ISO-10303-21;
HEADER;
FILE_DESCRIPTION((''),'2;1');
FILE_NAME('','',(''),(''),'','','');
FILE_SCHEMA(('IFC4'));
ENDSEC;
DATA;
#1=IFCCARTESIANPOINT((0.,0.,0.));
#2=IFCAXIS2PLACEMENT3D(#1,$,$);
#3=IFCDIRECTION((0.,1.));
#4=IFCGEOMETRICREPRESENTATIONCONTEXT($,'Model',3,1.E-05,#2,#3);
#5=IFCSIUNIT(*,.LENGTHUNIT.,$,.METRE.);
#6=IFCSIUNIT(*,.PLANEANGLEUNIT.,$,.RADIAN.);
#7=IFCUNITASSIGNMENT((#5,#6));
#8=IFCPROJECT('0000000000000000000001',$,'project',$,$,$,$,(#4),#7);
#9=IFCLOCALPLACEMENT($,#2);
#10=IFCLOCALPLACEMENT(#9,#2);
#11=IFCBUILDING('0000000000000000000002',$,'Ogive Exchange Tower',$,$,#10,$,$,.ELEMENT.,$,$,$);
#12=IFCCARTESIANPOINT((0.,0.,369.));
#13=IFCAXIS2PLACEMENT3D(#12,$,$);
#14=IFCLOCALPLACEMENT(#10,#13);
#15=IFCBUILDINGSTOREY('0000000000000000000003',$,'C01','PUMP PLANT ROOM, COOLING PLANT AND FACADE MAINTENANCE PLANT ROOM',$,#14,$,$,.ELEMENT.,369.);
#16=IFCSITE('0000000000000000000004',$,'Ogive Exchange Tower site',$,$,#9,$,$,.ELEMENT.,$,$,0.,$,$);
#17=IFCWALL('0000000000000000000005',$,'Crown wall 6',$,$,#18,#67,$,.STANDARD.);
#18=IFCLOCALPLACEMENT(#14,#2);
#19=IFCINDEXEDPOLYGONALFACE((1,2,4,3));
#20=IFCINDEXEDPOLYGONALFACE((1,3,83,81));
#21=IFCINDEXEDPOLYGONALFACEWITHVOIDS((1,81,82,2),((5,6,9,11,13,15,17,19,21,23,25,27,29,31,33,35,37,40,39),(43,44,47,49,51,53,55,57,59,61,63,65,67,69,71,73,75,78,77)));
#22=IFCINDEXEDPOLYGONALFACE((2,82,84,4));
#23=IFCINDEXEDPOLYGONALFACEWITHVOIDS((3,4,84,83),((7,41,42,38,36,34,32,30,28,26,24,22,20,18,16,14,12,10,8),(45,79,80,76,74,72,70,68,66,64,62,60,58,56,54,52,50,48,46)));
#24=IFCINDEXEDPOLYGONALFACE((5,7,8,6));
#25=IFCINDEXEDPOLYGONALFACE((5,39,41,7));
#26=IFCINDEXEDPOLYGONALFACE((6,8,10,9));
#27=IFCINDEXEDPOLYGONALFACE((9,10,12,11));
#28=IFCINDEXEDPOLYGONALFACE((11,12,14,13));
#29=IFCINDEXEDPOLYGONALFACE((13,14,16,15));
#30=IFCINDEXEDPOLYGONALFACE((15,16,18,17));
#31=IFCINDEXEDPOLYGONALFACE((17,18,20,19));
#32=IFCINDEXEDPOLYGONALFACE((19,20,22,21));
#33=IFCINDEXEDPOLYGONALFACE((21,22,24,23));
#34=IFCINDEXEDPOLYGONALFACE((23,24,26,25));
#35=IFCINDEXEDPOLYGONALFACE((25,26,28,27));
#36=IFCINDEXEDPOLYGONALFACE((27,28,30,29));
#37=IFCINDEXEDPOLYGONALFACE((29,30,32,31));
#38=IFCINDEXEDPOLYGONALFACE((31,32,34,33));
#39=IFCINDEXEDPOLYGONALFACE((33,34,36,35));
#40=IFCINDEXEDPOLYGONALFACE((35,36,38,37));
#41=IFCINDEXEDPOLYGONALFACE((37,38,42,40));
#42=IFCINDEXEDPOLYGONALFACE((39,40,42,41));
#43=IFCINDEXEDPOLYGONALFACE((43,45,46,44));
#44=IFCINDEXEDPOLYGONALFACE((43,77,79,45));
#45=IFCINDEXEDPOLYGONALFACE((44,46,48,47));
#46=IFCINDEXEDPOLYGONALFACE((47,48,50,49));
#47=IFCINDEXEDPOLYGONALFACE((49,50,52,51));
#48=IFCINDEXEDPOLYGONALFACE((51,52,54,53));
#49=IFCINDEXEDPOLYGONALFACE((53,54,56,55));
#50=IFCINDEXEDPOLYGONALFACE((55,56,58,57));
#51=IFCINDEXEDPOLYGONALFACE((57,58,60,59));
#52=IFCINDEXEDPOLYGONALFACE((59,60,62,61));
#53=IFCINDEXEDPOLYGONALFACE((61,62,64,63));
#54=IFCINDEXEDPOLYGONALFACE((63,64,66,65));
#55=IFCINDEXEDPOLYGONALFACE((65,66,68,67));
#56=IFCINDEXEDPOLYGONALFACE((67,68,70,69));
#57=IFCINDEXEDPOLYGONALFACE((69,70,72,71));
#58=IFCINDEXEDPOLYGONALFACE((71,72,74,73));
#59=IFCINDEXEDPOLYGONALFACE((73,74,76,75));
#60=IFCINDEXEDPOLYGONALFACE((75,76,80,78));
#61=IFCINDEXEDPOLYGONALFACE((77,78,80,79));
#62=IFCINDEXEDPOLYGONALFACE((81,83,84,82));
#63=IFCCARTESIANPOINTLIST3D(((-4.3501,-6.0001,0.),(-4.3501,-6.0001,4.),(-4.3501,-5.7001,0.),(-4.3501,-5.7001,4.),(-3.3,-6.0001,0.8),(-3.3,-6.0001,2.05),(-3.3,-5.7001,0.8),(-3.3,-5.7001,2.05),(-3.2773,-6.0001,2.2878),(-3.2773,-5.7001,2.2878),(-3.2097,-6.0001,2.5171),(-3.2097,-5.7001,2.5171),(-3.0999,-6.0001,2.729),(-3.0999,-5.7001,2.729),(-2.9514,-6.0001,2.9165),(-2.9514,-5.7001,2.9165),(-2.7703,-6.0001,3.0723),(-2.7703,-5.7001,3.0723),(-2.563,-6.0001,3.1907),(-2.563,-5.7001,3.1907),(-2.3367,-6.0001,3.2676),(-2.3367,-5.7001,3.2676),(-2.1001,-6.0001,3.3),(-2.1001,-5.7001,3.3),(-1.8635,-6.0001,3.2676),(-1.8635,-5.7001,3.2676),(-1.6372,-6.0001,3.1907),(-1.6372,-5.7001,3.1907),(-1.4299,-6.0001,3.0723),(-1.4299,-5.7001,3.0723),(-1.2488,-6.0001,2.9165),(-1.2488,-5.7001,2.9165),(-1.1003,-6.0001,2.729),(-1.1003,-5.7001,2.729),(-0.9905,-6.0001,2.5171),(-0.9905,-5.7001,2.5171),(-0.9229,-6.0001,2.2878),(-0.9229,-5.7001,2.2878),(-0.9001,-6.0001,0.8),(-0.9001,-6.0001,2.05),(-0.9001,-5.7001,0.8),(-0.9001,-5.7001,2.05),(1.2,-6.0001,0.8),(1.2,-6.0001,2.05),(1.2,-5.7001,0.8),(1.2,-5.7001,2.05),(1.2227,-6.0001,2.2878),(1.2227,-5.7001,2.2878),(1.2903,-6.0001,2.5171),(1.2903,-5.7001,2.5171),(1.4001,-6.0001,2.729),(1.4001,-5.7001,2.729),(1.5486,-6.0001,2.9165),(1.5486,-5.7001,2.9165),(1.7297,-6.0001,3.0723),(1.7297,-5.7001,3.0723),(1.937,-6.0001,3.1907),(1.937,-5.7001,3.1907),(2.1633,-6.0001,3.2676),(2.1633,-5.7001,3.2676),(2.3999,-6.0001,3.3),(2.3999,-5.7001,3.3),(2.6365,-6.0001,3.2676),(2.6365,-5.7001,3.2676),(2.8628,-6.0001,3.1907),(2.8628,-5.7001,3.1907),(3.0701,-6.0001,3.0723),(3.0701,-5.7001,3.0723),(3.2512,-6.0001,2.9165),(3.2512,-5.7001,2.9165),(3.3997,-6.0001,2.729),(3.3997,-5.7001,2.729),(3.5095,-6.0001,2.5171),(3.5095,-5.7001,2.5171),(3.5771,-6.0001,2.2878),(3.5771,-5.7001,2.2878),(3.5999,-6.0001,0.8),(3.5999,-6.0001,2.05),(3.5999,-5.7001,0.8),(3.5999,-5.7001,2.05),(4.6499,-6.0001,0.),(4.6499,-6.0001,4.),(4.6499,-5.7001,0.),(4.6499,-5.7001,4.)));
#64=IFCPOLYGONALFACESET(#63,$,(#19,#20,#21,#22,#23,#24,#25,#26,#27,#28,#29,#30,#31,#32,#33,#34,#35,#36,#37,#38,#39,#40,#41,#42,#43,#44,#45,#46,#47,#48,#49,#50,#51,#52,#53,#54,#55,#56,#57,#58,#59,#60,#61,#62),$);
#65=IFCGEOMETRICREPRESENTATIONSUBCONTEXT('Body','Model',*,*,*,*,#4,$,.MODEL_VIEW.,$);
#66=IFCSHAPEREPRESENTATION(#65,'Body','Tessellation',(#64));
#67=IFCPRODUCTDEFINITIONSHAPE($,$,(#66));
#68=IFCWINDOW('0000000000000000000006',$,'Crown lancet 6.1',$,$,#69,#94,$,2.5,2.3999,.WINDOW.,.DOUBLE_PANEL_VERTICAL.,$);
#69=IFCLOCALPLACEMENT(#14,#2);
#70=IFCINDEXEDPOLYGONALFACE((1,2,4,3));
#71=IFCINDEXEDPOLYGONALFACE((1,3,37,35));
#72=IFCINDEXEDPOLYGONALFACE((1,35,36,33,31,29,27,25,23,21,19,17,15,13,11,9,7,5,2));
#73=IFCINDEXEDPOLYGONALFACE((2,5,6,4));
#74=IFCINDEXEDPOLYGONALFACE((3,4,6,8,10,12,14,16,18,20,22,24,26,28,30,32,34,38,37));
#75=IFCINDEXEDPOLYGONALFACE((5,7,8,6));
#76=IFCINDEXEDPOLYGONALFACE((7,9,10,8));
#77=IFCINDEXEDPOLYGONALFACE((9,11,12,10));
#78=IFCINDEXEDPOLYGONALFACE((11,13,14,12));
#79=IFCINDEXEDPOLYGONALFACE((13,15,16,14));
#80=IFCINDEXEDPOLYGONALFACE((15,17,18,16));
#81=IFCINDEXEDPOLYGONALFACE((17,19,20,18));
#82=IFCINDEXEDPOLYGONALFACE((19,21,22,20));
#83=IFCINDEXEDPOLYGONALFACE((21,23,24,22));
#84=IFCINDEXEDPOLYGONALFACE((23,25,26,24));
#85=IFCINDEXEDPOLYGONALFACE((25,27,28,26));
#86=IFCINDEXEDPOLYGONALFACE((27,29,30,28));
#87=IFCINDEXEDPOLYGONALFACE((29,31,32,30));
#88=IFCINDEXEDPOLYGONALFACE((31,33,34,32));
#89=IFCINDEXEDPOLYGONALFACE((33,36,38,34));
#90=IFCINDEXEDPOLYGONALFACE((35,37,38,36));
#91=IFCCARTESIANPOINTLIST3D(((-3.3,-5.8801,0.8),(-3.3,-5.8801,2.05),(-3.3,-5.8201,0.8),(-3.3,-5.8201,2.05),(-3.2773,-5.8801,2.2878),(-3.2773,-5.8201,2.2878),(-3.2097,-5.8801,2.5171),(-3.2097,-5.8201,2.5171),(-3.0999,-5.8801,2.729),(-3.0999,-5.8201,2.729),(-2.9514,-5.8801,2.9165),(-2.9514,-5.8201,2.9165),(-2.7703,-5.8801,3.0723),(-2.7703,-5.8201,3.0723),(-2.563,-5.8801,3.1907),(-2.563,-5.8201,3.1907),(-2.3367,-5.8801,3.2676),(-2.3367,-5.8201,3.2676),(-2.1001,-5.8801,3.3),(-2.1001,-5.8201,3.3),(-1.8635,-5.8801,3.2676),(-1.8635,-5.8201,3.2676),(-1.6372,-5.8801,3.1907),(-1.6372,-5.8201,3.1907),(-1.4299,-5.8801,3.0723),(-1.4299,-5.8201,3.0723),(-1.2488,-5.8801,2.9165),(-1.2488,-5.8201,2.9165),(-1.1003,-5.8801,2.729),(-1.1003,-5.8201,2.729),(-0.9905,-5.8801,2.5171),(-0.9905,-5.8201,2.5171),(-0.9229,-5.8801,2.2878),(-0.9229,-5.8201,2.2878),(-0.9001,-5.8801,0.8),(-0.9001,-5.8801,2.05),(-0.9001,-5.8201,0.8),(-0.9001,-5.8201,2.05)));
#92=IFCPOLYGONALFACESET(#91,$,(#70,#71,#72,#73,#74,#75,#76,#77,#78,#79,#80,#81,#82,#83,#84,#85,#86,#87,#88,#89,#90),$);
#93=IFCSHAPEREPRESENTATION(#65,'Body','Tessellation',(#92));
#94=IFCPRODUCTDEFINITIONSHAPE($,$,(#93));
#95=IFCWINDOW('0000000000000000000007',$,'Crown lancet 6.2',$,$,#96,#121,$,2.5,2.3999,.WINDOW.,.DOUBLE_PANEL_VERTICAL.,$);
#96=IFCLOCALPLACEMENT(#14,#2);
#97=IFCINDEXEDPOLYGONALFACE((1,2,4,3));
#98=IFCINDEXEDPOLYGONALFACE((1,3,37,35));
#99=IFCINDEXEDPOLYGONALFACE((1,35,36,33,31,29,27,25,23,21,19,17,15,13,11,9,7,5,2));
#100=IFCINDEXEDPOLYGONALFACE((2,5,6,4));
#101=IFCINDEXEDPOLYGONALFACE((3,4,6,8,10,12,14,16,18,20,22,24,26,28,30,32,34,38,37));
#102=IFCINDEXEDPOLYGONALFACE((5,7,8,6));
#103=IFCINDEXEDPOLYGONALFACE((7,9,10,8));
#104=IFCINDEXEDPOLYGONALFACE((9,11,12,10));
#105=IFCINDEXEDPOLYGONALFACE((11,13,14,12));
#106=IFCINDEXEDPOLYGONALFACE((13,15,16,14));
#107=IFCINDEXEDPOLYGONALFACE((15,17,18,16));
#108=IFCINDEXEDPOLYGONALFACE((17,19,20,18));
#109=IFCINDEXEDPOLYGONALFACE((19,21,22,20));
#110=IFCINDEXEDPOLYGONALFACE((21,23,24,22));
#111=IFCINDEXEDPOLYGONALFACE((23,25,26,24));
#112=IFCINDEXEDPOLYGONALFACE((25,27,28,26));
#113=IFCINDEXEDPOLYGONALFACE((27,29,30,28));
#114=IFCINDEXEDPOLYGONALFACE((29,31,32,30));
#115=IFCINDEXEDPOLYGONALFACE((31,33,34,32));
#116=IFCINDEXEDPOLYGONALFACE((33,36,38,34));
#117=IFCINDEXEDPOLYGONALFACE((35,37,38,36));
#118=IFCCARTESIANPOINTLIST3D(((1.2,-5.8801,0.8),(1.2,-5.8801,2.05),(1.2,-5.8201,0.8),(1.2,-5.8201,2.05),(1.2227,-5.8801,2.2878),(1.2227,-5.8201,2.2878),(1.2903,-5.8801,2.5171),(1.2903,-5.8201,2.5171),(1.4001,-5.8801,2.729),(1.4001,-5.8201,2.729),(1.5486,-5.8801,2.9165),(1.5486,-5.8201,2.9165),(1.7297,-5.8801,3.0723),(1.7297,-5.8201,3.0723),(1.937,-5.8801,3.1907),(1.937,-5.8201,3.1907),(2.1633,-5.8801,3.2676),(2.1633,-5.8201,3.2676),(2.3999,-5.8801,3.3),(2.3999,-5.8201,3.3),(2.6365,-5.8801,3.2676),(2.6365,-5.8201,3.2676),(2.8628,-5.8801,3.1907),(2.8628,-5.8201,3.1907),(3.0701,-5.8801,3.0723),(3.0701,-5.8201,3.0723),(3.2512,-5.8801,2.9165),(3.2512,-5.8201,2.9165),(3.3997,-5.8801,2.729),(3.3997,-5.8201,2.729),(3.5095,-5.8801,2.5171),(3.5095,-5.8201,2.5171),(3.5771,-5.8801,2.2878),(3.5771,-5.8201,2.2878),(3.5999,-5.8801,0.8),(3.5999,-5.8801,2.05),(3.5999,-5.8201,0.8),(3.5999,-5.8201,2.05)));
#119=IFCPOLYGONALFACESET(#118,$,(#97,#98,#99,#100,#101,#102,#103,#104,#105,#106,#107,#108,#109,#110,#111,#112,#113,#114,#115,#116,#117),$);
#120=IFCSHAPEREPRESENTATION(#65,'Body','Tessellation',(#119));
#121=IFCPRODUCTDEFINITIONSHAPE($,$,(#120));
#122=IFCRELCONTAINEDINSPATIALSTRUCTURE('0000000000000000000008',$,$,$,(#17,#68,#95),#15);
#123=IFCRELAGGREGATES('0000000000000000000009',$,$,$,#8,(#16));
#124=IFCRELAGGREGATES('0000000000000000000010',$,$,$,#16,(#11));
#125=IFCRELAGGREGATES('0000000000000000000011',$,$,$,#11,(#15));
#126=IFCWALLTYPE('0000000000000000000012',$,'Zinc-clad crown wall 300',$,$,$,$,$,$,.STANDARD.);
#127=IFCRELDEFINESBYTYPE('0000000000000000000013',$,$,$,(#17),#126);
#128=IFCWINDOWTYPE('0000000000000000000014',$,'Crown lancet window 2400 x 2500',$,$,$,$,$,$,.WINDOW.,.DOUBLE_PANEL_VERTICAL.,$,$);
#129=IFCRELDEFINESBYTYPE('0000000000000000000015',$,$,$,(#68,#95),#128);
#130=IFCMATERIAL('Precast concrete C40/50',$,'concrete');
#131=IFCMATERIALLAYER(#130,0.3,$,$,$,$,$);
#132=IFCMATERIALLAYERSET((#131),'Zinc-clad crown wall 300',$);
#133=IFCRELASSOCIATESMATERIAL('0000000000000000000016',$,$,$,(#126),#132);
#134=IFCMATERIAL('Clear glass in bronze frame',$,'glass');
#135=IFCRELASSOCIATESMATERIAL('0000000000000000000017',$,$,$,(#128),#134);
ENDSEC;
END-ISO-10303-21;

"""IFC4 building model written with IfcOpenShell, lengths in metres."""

from ifc_helpers import new_model, si_unit, direction, frame, frame_2d, origin, place, context, subcontext, project, spatial, polyline, rectangle, outline, extrude, material, layer, layer_set, type_object, element, fill, save


model = new_model("IFC4")

# Units and contexts
model_context = context("Model", 3, precision=1e-05, world=origin(), true_north=direction((0.0, 1.0)))
body_context = subcontext(model_context, "Body", "Model", "MODEL_VIEW")
ifc_project = project(units=[si_unit("LENGTHUNIT", "METRE"), si_unit("PLANEANGLEUNIT", "RADIAN")], contexts=[model_context])

# Site, building, storey
site_placement = place(None, origin())
site = spatial("IfcSite", under=ifc_project, at=site_placement, Name="Ogive Exchange Tower site", CompositionType="ELEMENT", RefElevation=0.0)
building_placement = place(site_placement, origin())
building = spatial("IfcBuilding", under=site, at=building_placement, Name="Ogive Exchange Tower", CompositionType="ELEMENT")
storey_placement = place(building_placement, frame((0.0, 0.0, 369.0)))
storey = spatial("IfcBuildingStorey", under=building, at=storey_placement, Name="C01", Description="PUMP PLANT ROOM, COOLING PLANT AND FACADE MAINTENANCE PLANT ROOM", CompositionType="ELEMENT", Elevation=369.0)

# Wall, openings, windows
ifc_material_1 = material(Name="Precast concrete C40/50", Category="concrete")
ifc_layer_1 = layer(ifc_material_1, 0.3)
ifc_layer_set_1 = layer_set([ifc_layer_1], Name="Zinc-clad crown wall 300")
wall_type_1 = type_object("IfcWallType", Name="Zinc-clad crown wall 300", PredefinedType="STANDARD", material=ifc_layer_set_1)
ifc_material_2 = material(Name="Clear glass in bronze frame", Category="glass")
window_type = type_object("IfcWindowType", Name="Crown lancet window 2400 x 2500", PartitioningType="DOUBLE_PANEL_VERTICAL", PredefinedType="WINDOW", material=ifc_material_2)
wall_1_placement = place(storey_placement, frame((-4.3501, -5.8501, 0.0), z_axis=(0.0, 0.0, 1.0), x_axis=(1.0, 0.0, 0.0)))
wall_1 = element("IfcWall", 1, at=wall_1_placement, inside=storey, type_object=wall_type_1, Name="Crown wall 6", PredefinedType="STANDARD", context=body_context, shape_type="SweptSolid", body=[
    extrude(rectangle(XDim=9.0, YDim=0.3, at=frame_2d((4.5, 0.0))), origin(), (0.0, 0.0, 1.0), 4.0),
])
opening_1_placement = place(wall_1_placement, frame((1.05, 0.0, 0.8)))
opening_1 = element("IfcOpeningElement", 2, at=opening_1_placement, cuts=wall_1, PredefinedType="OPENING", context=body_context, shape_type="SweptSolid", body=[
    extrude(outline(polyline([(0.0, 0.0), (2.3999, 0.0), (2.3999, 1.25), (2.3772, 1.4878), (2.3096, 1.717), (2.1997, 1.929), (2.0513, 2.1165), (1.8701, 2.2722), (1.6628, 2.3906), (1.4365, 2.4675), (1.2, 2.5), (0.9634, 2.4675), (0.7371, 2.3906), (0.5298, 2.2722), (0.3486, 2.1165), (0.2002, 1.929), (0.0903, 1.717), (0.0227, 1.4878), (0.0, 1.25), (0.0, 0.0)])), frame((0.0, 0.1599, 0.0), z_axis=(0.0, -1.0, 0.0), x_axis=(1.0, 0.0, 0.0)), (0.0, 0.0, 1.0), 0.3201),
])
opening_2_placement = place(wall_1_placement, frame((5.55, 0.0, 0.8)))
opening_2 = element("IfcOpeningElement", 3, at=opening_2_placement, cuts=wall_1, PredefinedType="OPENING", context=body_context, shape_type="SweptSolid", body=[
    extrude(outline(polyline([(0.0, 0.0), (2.3999, 0.0), (2.3999, 1.25), (2.3772, 1.4878), (2.3096, 1.717), (2.1997, 1.929), (2.0513, 2.1165), (1.8701, 2.2722), (1.6628, 2.3906), (1.4365, 2.4675), (1.2, 2.5), (0.9634, 2.4675), (0.7371, 2.3906), (0.5298, 2.2722), (0.3486, 2.1165), (0.2002, 1.929), (0.0903, 1.717), (0.0227, 1.4878), (0.0, 1.25), (0.0, 0.0)])), frame((0.0, 0.1599, 0.0), z_axis=(0.0, -1.0, 0.0), x_axis=(1.0, 0.0, 0.0)), (0.0, 0.0, 1.0), 0.3201),
])
window_1_placement = place(opening_1_placement, origin())
window_1 = element("IfcWindow", 4, at=window_1_placement, inside=storey, type_object=window_type, Name="Crown lancet 6.1", OverallHeight=2.5, OverallWidth=2.3999, PartitioningType="DOUBLE_PANEL_VERTICAL", PredefinedType="WINDOW", context=body_context, shape_type="SweptSolid", body=[
    extrude(outline(polyline([(0.0, 0.0), (2.3999, 0.0), (2.3999, 1.25), (2.3772, 1.4878), (2.3096, 1.717), (2.1997, 1.929), (2.0513, 2.1165), (1.8701, 2.2722), (1.6628, 2.3906), (1.4365, 2.4675), (1.2, 2.5), (0.9634, 2.4675), (0.7371, 2.3906), (0.5298, 2.2722), (0.3486, 2.1165), (0.2002, 1.929), (0.0903, 1.717), (0.0227, 1.4878), (0.0, 1.25), (0.0, 0.0)])), frame((0.0, 0.03, 0.0), z_axis=(0.0, -1.0, 0.0), x_axis=(1.0, 0.0, 0.0)), (0.0, 0.0, 1.0), 0.0601),
])
fill(opening_1, window_1)
window_2_placement = place(opening_2_placement, origin())
window_2 = element("IfcWindow", 5, at=window_2_placement, inside=storey, type_object=window_type, Name="Crown lancet 6.2", OverallHeight=2.5, OverallWidth=2.3999, PartitioningType="DOUBLE_PANEL_VERTICAL", PredefinedType="WINDOW", context=body_context, shape_type="SweptSolid", body=[
    extrude(outline(polyline([(0.0, 0.0), (2.3999, 0.0), (2.3999, 1.25), (2.3772, 1.4878), (2.3096, 1.717), (2.1997, 1.929), (2.0513, 2.1165), (1.8701, 2.2722), (1.6628, 2.3906), (1.4365, 2.4675), (1.2, 2.5), (0.9634, 2.4675), (0.7371, 2.3906), (0.5298, 2.2722), (0.3486, 2.1165), (0.2002, 1.929), (0.0903, 1.717), (0.0227, 1.4878), (0.0, 1.25), (0.0, 0.0)])), frame((0.0, 0.03, 0.0), z_axis=(0.0, -1.0, 0.0), x_axis=(1.0, 0.0, 0.0)), (0.0, 0.0, 1.0), 0.0601),
])
fill(opening_2, window_2)

save(model, "model.ifc")
